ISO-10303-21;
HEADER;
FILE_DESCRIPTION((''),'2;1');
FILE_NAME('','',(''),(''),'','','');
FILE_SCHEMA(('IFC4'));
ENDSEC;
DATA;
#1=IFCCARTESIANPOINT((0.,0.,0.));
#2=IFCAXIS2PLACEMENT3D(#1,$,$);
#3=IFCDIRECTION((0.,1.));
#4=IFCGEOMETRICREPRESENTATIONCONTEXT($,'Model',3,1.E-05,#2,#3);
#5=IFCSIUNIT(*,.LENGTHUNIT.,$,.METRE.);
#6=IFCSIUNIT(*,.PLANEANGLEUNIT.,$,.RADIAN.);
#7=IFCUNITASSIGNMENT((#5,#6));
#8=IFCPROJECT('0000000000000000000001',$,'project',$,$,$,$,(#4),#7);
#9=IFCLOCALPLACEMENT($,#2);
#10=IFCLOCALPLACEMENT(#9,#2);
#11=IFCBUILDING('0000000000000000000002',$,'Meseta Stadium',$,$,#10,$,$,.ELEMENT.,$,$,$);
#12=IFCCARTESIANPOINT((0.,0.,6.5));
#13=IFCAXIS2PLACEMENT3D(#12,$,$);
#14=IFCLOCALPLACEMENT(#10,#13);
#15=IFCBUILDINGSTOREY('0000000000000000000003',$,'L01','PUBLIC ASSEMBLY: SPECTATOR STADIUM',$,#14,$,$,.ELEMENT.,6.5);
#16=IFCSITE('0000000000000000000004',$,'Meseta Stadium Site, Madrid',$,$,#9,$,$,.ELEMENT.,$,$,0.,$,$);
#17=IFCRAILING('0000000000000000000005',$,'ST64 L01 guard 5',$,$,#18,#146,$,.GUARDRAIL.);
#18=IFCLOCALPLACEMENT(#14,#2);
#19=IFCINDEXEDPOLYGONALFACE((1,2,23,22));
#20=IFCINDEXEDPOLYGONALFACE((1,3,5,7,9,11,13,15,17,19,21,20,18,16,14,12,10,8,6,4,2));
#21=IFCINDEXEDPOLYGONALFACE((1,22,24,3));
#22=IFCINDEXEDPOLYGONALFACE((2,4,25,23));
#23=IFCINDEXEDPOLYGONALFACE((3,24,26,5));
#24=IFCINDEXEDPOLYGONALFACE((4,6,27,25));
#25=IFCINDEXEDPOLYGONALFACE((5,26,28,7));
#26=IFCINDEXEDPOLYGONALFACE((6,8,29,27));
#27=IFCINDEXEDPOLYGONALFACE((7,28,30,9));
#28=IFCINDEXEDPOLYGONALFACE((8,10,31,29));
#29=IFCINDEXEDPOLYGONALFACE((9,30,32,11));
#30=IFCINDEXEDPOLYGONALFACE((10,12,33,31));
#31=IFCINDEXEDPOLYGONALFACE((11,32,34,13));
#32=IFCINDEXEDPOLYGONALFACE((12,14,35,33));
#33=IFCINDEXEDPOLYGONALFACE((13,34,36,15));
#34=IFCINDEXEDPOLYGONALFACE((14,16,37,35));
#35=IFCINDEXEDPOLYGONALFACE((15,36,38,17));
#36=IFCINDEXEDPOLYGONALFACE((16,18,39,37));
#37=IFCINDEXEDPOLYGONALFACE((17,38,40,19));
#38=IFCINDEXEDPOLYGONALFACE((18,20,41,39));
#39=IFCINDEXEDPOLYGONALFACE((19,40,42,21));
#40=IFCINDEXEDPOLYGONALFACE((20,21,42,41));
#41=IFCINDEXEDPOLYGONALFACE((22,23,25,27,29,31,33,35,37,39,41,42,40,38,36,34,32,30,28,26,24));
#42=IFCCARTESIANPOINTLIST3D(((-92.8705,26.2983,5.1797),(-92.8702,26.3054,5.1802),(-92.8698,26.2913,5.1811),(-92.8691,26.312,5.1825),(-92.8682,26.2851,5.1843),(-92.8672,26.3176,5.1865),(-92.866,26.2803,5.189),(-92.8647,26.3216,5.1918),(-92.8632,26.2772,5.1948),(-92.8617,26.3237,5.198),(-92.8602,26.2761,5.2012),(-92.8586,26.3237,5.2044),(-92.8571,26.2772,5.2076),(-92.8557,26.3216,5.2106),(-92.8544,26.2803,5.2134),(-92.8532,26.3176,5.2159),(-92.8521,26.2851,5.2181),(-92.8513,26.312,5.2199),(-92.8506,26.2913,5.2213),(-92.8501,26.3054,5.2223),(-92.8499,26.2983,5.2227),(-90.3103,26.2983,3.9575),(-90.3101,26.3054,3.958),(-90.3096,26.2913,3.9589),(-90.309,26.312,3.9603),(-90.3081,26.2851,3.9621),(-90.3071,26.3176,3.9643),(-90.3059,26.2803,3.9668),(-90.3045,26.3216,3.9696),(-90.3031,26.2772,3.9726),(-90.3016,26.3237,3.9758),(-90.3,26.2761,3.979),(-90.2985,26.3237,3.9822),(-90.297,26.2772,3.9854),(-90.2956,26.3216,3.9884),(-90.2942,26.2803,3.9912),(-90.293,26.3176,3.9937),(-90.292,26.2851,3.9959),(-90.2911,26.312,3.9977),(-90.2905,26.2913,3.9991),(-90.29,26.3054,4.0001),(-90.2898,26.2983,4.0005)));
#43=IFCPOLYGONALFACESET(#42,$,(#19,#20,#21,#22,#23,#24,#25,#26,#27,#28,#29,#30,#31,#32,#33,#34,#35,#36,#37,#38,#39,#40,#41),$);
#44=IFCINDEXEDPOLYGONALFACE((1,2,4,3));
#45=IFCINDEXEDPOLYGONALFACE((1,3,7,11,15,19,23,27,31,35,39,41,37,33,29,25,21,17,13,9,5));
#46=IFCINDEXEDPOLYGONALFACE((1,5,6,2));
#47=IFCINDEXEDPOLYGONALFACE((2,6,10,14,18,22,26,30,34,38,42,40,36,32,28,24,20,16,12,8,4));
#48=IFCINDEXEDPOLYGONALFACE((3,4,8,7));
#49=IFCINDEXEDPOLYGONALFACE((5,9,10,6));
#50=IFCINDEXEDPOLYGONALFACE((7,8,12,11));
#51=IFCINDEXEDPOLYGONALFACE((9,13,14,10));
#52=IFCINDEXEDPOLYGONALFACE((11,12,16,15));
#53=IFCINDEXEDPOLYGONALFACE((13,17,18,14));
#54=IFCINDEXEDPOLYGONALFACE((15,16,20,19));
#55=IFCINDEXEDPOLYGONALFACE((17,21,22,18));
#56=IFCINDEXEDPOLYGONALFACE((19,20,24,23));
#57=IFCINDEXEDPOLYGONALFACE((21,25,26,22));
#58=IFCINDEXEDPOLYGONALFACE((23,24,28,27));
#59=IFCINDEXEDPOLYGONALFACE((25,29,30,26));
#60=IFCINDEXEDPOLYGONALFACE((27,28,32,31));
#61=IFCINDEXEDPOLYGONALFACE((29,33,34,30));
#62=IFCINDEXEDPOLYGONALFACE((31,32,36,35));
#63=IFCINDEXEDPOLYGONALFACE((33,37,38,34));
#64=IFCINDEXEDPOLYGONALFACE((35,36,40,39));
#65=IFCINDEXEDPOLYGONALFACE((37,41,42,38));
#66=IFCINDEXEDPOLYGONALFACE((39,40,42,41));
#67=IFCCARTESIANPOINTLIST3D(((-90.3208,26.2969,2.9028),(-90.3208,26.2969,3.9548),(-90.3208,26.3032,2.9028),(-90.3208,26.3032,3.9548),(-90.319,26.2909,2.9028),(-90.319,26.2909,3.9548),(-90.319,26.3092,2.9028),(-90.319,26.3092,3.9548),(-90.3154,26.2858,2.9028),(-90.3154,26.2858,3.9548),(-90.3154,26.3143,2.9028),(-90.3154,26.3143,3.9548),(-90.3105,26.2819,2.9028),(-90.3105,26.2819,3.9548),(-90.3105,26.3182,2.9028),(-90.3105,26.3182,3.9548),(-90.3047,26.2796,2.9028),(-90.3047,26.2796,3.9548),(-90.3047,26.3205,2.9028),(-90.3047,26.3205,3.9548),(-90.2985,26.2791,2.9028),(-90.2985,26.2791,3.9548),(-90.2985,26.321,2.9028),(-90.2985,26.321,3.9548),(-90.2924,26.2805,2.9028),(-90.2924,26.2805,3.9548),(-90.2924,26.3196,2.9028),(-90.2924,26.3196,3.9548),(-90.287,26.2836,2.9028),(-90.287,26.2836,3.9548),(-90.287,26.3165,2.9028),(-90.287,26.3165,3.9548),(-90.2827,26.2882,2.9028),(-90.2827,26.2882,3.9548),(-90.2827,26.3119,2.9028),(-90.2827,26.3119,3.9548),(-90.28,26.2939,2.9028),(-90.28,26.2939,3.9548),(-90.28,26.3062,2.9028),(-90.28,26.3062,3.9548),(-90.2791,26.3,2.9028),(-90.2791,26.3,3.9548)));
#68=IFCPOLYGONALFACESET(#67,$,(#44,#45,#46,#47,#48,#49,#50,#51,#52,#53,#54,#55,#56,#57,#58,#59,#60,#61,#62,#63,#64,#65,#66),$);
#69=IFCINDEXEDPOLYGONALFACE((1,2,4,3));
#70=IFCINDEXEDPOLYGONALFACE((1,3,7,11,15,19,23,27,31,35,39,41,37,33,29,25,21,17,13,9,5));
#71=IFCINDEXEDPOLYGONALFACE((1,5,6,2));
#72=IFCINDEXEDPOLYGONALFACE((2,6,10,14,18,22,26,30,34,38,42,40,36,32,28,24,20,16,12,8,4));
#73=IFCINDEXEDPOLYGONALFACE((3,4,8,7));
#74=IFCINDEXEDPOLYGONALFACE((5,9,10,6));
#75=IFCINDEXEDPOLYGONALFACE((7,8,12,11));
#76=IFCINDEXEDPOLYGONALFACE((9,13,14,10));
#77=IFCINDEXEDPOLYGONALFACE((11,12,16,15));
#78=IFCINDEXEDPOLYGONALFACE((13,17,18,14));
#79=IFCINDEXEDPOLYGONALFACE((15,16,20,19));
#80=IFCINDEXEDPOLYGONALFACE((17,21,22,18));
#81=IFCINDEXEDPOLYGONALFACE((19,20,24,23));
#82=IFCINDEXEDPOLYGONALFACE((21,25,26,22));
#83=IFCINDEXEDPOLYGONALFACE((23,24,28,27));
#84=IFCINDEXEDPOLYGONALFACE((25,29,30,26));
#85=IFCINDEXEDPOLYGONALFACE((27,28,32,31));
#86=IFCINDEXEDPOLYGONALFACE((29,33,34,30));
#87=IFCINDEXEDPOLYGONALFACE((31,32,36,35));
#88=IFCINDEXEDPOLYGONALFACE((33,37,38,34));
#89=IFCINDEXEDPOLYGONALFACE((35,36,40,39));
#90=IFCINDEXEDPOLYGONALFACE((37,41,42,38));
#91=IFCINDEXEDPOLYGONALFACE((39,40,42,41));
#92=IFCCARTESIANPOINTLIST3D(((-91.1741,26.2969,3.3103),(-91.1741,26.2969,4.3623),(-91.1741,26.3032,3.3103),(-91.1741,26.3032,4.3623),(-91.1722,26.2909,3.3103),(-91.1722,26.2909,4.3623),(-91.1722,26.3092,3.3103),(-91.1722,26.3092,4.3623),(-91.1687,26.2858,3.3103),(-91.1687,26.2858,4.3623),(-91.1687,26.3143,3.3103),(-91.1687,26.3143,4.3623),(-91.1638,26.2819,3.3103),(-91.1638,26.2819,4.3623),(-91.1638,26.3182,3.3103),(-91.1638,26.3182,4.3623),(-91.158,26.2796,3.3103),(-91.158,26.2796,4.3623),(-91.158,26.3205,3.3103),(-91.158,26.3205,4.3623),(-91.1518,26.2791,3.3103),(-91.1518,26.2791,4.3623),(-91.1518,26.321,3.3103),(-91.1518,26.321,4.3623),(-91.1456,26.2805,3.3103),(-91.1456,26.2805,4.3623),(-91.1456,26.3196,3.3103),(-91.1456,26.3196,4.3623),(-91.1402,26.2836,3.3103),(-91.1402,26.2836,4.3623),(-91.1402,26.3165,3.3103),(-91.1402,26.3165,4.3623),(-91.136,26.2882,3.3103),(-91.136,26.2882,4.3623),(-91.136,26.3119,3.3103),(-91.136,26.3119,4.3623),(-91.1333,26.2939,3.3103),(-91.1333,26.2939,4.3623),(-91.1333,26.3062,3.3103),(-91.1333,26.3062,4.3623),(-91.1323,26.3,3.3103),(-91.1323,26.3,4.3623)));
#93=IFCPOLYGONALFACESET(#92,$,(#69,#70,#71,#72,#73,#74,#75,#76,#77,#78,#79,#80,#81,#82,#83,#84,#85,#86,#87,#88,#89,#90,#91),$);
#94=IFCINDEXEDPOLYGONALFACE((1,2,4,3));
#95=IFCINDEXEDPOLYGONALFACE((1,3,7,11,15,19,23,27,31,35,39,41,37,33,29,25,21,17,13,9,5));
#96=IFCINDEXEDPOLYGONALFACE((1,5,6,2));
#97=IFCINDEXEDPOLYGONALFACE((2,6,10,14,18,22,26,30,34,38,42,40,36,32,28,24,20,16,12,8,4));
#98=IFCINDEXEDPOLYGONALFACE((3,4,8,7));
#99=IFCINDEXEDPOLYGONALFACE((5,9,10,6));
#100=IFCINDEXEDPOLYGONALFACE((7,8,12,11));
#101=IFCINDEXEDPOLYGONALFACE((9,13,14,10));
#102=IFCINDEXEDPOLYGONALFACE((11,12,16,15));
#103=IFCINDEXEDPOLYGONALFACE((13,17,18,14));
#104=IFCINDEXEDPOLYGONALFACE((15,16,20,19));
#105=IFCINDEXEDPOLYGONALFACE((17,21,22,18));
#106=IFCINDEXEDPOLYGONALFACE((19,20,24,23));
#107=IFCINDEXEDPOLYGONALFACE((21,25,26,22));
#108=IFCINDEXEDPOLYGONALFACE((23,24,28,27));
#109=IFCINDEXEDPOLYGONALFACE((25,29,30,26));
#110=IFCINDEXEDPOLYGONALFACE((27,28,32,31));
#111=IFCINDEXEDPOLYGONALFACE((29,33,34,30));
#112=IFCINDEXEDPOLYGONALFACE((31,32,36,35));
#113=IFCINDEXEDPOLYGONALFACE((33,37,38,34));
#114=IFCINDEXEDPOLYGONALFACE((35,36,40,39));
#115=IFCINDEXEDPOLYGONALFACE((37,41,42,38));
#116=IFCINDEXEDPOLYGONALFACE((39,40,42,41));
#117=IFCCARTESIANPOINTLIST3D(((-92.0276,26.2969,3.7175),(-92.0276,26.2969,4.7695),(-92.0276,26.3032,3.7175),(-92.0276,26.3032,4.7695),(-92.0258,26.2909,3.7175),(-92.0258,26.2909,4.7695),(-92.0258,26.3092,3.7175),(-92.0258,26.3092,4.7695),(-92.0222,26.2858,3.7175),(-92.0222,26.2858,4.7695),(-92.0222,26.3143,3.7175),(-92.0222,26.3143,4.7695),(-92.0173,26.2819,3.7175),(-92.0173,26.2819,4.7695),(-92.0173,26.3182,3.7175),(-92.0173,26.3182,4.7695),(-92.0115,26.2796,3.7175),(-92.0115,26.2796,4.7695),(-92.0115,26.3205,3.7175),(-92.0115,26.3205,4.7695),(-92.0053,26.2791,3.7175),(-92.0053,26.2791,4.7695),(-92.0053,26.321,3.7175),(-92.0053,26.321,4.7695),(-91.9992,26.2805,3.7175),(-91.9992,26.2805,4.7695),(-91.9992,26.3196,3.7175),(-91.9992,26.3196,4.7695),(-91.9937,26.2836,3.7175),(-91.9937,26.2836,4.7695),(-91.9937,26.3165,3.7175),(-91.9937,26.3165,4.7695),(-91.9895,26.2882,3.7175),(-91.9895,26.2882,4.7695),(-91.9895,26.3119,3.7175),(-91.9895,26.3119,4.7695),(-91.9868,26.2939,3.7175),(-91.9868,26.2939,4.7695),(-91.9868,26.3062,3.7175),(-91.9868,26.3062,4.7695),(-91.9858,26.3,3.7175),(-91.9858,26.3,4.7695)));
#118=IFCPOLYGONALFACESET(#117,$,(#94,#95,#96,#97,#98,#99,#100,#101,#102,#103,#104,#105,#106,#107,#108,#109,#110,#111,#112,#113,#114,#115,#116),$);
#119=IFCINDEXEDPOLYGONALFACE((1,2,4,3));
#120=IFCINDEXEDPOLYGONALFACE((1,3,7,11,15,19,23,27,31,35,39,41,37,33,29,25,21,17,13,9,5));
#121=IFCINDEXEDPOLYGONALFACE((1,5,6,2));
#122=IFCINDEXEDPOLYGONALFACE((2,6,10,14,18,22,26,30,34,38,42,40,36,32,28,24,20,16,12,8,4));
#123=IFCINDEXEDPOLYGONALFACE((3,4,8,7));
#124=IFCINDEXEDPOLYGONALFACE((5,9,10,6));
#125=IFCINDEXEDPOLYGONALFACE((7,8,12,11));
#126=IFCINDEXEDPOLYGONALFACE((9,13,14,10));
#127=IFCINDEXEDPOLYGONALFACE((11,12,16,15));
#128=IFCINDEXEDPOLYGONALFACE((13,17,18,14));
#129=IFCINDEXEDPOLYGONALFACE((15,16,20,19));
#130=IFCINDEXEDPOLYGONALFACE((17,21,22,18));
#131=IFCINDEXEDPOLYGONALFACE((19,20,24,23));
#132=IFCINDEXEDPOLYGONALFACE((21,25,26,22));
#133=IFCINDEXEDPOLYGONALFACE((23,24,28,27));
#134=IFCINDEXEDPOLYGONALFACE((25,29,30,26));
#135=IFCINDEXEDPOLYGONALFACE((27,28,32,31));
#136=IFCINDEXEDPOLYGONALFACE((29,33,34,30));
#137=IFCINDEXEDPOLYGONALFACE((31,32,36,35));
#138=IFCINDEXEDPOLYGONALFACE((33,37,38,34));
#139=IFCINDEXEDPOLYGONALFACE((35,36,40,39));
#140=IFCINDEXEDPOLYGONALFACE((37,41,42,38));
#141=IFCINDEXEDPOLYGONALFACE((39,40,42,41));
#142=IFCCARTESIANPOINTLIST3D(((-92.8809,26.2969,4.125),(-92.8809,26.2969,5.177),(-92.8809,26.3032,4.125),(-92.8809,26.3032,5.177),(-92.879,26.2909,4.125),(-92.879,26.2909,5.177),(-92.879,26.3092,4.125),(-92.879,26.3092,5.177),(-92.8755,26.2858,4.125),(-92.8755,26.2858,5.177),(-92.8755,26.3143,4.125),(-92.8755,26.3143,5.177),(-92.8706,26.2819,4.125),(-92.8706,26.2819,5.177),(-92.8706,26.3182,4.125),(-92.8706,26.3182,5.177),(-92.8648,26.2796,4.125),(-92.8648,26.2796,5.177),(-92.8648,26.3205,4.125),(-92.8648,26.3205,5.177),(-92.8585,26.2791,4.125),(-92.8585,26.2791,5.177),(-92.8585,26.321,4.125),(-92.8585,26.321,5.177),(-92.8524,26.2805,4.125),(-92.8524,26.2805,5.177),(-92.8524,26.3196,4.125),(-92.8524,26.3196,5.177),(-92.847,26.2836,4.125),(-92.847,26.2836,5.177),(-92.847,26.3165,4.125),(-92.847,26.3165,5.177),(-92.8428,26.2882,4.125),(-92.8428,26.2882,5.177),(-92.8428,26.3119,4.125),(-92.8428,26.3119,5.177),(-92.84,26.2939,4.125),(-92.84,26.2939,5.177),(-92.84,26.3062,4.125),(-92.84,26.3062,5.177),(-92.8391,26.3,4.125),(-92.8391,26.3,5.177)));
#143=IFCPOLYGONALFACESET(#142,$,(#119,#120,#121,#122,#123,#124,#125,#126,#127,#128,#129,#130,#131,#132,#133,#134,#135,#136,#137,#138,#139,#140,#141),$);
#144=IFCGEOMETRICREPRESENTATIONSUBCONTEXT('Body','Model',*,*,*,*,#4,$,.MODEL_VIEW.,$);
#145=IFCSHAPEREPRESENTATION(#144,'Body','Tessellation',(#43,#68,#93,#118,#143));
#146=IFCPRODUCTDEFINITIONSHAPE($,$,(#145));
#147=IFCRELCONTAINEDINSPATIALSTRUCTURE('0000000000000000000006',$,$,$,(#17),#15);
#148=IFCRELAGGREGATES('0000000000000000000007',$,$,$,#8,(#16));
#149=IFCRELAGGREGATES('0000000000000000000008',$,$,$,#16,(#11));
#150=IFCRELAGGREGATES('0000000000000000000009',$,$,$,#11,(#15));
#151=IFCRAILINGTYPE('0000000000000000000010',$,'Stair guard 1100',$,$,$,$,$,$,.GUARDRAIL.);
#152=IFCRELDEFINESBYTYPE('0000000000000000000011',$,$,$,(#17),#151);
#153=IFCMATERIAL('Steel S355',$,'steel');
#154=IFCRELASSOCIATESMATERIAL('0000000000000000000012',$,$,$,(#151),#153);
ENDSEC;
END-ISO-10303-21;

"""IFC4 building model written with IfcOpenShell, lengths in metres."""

from ifc_helpers import new_model, si_unit, direction, frame, origin, origin_2d, place, context, subcontext, project, spatial, circle, extrude, material, type_object, element, save


model = new_model("IFC4")

# Units and contexts
model_context = context("Model", 3, precision=1e-05, world=origin(), true_north=direction((0.0, 1.0)))
body_context = subcontext(model_context, "Body", "Model", "MODEL_VIEW")
ifc_project = project(units=[si_unit("LENGTHUNIT", "METRE"), si_unit("PLANEANGLEUNIT", "RADIAN")], contexts=[model_context])

# Site, building, storey
site_placement = place(None, origin())
site = spatial("IfcSite", under=ifc_project, at=site_placement, Name="Meseta Stadium Site, Madrid", CompositionType="ELEMENT", RefElevation=0.0)
building_placement = place(site_placement, origin())
building = spatial("IfcBuilding", under=site, at=building_placement, Name="Meseta Stadium", CompositionType="ELEMENT")
storey_placement = place(building_placement, frame((0.0, 0.0, 6.5)))
storey = spatial("IfcBuildingStorey", under=building, at=storey_placement, Name="L01", Description="PUBLIC ASSEMBLY: SPECTATOR STADIUM", CompositionType="ELEMENT", Elevation=6.5)

# Railing
ifc_material_1 = material(Name="Steel S355", Category="steel")
railing_type_1 = type_object("IfcRailingType", Name="Stair guard 1100", PredefinedType="GUARDRAIL", material=ifc_material_1)
railing_1_placement = place(storey_placement, frame((-90.3, 26.3, 2.9028)))
element("IfcRailing", 1, at=railing_1_placement, inside=storey, type_object=railing_type_1, Name="ST64 L01 guard 5", PredefinedType="GUARDRAIL", context=body_context, shape_type="SweptSolid", body=[
    extrude(circle(Radius=0.0239, at=origin_2d()), frame((0.0, 0.0, 1.0762), z_axis=(-0.902437, 0.0, 0.430822), x_axis=(0.0, -1.0, 0.0)), (0.0, 0.0, 1.0), 2.8369),
    extrude(circle(Radius=0.021, at=origin_2d()), origin(), (0.0, 0.0, 1.0), 1.052),
    extrude(circle(Radius=0.021, at=origin_2d()), frame((-0.8533, 0.0, 0.4075)), (0.0, 0.0, 1.0), 1.052),
    extrude(circle(Radius=0.021, at=origin_2d()), frame((-1.7068, 0.0, 0.8147)), (0.0, 0.0, 1.0), 1.052),
    extrude(circle(Radius=0.021, at=origin_2d()), frame((-2.5601, 0.0, 1.2222)), (0.0, 0.0, 1.0), 1.052),
])

save(model, "model.ifc")
